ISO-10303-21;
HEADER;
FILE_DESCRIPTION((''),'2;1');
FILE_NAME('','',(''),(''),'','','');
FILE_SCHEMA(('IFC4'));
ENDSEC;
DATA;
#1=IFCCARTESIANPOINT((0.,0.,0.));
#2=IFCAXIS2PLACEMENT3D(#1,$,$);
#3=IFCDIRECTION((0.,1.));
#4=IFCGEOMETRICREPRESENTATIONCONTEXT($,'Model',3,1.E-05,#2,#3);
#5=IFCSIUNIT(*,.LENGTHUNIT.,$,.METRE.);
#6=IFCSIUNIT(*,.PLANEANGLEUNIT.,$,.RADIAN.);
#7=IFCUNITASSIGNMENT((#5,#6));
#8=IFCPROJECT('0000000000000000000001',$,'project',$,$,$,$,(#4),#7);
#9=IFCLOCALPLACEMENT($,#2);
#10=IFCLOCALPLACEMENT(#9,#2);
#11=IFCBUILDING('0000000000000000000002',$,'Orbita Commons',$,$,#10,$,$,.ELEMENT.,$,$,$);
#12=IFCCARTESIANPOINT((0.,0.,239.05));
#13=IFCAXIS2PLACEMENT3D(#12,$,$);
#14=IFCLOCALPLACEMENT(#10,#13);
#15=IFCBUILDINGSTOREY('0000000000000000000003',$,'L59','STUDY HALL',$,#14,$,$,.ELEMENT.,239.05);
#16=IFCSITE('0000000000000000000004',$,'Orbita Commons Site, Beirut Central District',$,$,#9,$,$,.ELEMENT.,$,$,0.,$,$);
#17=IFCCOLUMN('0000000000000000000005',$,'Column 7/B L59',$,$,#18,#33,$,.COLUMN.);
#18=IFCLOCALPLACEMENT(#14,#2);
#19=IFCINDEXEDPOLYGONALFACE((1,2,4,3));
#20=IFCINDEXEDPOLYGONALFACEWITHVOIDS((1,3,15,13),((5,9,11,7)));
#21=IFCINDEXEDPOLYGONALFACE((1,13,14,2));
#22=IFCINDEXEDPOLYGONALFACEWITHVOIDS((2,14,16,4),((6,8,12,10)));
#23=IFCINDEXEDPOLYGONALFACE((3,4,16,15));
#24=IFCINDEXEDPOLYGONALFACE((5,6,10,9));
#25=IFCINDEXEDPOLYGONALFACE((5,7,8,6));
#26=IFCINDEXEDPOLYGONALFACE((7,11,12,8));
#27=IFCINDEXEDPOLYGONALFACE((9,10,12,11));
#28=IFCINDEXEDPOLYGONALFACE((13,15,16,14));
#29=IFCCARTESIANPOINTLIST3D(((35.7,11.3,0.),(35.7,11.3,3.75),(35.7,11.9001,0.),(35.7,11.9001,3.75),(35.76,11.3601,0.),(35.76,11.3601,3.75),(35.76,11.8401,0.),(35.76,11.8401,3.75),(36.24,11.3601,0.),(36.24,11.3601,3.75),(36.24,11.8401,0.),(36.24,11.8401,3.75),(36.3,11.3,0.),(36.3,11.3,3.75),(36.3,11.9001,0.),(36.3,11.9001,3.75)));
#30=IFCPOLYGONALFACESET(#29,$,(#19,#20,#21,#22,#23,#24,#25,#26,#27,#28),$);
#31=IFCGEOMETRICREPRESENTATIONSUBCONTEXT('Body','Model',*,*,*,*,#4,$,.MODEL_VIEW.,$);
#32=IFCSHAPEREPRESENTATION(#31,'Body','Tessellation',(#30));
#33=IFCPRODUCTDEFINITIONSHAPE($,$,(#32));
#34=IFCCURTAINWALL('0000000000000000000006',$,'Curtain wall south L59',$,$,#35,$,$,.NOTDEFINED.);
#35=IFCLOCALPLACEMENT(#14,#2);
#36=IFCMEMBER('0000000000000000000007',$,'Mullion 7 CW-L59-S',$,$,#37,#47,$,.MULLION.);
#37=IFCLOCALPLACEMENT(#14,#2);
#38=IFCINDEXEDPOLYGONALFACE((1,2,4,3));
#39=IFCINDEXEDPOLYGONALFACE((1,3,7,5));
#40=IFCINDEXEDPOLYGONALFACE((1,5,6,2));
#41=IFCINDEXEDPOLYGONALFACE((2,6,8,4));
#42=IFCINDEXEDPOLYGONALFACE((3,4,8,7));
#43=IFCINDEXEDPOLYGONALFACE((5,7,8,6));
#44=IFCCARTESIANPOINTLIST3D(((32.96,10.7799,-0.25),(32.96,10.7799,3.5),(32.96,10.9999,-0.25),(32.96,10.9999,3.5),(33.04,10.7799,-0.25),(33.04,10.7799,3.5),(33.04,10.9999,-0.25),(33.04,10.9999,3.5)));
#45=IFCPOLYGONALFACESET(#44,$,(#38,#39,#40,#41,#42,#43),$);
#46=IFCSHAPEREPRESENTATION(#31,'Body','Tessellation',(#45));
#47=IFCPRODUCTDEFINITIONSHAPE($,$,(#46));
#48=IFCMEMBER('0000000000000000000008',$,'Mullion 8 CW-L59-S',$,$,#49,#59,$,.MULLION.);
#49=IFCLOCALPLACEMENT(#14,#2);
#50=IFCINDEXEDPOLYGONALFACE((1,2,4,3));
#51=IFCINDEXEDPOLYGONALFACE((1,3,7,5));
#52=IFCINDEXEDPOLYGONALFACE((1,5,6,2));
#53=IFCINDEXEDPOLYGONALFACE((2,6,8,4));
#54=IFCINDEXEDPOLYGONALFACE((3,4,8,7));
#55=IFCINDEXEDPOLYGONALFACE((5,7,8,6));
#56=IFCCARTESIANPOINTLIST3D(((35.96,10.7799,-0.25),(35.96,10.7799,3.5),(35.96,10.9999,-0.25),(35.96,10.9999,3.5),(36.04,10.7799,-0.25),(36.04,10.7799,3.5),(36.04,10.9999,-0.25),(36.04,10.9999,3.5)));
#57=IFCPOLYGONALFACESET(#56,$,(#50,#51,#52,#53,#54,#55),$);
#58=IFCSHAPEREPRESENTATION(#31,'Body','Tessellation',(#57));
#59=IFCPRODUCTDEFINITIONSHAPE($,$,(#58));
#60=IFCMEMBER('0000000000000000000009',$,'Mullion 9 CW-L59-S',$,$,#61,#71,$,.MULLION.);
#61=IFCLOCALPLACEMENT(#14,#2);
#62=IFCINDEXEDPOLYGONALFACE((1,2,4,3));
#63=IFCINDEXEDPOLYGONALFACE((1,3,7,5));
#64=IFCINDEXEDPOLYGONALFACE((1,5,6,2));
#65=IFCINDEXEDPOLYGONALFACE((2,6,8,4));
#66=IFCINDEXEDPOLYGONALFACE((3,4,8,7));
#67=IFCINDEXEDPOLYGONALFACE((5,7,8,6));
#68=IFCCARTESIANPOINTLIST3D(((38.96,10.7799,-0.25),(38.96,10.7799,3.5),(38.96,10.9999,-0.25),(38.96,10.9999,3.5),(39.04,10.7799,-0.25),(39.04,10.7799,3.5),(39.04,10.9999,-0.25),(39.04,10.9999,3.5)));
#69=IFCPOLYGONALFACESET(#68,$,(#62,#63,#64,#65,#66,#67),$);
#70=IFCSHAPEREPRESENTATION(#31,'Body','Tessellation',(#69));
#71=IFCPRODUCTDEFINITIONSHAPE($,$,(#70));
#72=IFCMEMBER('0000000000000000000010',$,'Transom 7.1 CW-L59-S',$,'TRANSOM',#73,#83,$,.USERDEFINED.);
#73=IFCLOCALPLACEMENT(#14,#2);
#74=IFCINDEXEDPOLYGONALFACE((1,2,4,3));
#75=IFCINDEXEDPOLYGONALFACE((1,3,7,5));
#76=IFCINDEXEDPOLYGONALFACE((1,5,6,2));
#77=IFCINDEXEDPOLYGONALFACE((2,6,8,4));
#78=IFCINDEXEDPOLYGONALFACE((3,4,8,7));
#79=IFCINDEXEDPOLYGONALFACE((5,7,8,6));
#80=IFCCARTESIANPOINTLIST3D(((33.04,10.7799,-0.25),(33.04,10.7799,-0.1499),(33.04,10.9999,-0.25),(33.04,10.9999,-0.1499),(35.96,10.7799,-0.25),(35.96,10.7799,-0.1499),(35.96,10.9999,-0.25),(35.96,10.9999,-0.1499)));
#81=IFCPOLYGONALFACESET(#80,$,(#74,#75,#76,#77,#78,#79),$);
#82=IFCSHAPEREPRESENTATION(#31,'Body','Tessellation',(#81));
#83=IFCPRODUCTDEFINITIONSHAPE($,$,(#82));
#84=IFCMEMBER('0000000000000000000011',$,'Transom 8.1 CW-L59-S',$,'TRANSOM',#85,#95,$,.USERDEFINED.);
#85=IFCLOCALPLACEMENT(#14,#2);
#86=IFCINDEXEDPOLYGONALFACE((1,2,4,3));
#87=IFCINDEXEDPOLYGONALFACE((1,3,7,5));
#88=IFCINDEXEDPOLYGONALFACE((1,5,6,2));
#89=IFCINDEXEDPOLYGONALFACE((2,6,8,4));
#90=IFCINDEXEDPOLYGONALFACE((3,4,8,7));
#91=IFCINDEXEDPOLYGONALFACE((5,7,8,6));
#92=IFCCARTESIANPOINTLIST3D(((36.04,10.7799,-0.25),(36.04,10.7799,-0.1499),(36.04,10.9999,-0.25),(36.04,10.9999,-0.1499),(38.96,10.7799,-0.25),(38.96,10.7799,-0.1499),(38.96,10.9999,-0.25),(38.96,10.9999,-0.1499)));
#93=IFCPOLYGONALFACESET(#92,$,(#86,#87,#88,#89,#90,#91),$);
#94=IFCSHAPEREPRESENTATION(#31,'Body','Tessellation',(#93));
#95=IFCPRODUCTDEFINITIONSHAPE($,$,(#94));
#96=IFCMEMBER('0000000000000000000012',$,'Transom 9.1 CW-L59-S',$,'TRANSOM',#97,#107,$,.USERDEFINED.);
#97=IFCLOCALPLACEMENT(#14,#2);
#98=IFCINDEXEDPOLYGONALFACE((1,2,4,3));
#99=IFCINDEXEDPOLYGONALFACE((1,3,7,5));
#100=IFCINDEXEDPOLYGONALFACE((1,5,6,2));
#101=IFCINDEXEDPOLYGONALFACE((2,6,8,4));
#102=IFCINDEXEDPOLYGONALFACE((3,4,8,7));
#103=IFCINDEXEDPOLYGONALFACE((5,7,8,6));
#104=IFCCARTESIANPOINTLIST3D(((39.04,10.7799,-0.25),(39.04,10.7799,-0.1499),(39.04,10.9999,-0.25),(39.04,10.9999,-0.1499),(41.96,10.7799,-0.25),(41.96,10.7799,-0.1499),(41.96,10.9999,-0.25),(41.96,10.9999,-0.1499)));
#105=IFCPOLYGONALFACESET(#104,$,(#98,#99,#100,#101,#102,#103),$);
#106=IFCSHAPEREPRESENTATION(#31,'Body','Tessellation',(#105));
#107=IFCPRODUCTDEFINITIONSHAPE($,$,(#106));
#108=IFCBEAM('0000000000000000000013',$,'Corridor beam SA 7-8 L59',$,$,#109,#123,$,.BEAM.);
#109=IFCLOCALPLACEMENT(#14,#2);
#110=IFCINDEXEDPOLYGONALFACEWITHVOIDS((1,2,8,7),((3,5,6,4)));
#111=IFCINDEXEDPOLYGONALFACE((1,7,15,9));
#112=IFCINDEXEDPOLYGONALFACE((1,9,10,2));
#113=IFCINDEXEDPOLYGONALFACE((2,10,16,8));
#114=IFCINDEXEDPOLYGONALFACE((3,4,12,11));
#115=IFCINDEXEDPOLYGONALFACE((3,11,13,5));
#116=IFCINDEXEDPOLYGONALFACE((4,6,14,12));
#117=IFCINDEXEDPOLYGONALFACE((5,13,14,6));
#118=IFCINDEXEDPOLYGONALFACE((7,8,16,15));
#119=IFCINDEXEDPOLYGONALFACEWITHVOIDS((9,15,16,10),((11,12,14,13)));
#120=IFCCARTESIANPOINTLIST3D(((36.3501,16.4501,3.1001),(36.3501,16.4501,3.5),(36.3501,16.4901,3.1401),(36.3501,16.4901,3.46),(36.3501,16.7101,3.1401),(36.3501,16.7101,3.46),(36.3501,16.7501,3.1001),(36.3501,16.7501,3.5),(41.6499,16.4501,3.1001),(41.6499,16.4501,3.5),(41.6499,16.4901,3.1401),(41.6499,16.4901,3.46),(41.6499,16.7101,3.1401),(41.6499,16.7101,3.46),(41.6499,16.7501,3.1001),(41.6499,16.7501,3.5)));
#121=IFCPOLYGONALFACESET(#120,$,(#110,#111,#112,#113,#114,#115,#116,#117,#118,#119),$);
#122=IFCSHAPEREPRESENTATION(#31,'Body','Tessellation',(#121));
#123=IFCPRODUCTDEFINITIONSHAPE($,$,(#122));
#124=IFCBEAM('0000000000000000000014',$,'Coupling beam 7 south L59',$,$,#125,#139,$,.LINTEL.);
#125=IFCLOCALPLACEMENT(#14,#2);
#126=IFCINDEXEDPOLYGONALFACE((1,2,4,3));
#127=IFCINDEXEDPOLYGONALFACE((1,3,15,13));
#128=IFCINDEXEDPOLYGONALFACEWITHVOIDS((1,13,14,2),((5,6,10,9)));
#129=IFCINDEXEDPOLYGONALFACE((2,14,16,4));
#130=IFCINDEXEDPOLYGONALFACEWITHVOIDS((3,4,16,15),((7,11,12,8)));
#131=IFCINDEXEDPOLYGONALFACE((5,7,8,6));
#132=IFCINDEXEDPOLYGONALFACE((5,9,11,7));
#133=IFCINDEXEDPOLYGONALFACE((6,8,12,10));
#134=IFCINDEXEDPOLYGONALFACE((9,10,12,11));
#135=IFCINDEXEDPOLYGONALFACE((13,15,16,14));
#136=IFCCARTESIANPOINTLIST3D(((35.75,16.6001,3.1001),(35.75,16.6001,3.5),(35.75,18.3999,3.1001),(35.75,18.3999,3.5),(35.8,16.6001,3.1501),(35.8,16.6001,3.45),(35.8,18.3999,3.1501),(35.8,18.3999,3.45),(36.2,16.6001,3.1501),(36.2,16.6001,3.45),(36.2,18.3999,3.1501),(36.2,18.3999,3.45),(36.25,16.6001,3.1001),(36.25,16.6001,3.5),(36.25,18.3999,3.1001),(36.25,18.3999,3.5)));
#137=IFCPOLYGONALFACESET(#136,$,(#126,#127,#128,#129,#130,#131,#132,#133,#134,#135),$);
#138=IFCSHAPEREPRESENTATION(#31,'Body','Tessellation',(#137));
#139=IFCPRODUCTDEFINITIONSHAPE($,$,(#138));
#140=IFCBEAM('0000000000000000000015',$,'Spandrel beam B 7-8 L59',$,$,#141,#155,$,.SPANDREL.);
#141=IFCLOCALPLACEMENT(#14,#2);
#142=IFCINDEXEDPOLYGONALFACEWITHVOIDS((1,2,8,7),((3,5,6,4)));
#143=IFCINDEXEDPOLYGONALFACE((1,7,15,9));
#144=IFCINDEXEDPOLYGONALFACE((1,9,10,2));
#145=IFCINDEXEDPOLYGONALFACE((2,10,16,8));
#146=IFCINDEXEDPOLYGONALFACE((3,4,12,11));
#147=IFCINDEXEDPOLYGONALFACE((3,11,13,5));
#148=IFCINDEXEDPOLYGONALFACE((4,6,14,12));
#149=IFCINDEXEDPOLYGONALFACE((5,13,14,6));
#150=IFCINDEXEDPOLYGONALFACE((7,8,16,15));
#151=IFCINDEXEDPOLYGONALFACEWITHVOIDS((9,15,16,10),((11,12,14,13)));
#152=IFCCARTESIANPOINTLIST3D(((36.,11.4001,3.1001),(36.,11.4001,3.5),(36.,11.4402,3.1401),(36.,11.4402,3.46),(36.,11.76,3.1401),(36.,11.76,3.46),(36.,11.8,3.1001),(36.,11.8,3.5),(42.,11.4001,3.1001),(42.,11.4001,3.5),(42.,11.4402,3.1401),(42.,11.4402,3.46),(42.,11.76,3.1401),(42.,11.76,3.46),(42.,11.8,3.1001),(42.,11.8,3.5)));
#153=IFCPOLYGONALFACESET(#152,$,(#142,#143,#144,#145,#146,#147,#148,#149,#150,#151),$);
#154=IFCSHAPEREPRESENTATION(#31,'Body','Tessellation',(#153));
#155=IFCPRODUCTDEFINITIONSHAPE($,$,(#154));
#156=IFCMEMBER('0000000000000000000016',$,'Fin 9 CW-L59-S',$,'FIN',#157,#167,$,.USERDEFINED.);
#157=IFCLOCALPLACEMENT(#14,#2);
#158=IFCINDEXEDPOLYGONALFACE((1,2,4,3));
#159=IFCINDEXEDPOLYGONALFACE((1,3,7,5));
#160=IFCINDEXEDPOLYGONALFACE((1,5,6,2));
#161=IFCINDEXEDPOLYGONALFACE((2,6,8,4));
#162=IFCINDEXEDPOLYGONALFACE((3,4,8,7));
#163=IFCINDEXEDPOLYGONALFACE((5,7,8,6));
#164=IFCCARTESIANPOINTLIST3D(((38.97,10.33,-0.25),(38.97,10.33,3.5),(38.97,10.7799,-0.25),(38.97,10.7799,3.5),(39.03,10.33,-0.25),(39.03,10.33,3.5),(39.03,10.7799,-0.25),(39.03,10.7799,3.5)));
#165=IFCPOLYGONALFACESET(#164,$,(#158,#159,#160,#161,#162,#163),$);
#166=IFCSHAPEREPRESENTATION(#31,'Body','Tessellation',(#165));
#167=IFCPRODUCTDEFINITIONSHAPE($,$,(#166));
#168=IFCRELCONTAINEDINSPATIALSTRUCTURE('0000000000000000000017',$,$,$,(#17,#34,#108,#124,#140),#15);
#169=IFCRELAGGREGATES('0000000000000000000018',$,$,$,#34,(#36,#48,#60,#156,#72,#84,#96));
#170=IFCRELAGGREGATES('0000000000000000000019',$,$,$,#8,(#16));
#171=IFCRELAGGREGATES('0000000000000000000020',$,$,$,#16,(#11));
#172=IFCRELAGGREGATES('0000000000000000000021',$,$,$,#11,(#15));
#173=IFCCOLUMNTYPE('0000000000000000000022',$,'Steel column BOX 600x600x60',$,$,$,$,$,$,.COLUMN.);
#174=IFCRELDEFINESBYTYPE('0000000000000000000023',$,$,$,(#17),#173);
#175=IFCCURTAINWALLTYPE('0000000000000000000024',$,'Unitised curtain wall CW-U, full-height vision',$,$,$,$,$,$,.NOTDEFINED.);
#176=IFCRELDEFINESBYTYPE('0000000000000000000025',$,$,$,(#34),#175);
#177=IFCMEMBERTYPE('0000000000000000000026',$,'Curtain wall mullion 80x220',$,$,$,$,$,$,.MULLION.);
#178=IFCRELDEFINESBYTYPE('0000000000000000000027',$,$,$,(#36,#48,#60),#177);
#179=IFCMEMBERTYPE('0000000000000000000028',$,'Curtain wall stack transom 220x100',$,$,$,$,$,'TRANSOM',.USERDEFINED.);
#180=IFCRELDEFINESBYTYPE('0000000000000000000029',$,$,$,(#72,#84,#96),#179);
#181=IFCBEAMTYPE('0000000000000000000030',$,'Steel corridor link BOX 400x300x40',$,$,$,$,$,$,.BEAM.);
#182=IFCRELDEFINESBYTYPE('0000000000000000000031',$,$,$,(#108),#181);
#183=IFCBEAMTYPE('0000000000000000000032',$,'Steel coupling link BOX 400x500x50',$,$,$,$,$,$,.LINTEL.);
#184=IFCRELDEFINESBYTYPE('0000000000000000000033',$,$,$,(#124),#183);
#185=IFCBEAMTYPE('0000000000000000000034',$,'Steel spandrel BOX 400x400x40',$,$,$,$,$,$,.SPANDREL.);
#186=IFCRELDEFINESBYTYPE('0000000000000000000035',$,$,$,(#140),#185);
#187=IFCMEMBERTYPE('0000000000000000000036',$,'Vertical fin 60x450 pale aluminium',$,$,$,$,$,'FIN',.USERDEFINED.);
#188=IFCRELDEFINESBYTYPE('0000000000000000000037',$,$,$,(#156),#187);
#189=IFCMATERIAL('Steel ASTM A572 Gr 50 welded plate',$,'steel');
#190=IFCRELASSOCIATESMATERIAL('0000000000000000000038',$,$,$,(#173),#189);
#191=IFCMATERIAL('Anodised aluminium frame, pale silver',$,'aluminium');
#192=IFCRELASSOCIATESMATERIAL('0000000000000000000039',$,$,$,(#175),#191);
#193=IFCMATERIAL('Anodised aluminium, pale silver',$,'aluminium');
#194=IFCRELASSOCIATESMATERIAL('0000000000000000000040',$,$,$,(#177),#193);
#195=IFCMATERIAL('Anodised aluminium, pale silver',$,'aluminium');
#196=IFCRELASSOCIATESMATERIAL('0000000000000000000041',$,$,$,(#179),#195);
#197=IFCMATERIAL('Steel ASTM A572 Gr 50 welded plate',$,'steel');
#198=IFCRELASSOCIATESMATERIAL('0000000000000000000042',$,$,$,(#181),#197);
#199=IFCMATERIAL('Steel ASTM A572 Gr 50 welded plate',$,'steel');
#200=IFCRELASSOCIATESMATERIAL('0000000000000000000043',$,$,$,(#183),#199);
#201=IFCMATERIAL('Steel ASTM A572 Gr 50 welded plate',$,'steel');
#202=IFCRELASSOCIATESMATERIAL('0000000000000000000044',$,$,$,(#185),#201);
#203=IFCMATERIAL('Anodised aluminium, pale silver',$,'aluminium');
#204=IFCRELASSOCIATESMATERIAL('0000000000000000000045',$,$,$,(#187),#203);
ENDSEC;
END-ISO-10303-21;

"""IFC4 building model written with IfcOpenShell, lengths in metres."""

from ifc_helpers import new_model, si_unit, direction, frame, origin, origin_2d, place, context, subcontext, project, spatial, rectangle, hollow_rectangle, extrude, material, material_profile, profile_set, type_object, element, aggregate, save


model = new_model("IFC4")

# Units and contexts
model_context = context("Model", 3, precision=1e-05, world=origin(), true_north=direction((0.0, 1.0)))
body_context = subcontext(model_context, "Body", "Model", "MODEL_VIEW")
ifc_project = project(units=[si_unit("LENGTHUNIT", "METRE"), si_unit("PLANEANGLEUNIT", "RADIAN")], contexts=[model_context])

# Site, building, storey
site_placement = place(None, origin())
site = spatial("IfcSite", under=ifc_project, at=site_placement, Name="Orbita Commons Site, Beirut Central District", CompositionType="ELEMENT", RefElevation=0.0)
building_placement = place(site_placement, origin())
building = spatial("IfcBuilding", under=site, at=building_placement, Name="Orbita Commons", CompositionType="ELEMENT")
storey_placement = place(building_placement, frame((0.0, 0.0, 239.05)))
storey = spatial("IfcBuildingStorey", under=building, at=storey_placement, Name="L59", Description="STUDY HALL", CompositionType="ELEMENT", Elevation=239.05)

# Column
ifc_material_1 = material(Name="Steel ASTM A572 Gr 50 welded plate", Category="steel")
ifc_material_profile_1 = material_profile(ifc_material_1, hollow_rectangle(XDim=0.6001, YDim=0.6001, WallThickness=0.0601, at=origin_2d()), Name="BOX 600x600x60")
ifc_profile_set_1 = profile_set([ifc_material_profile_1], Name="Steel ASTM A572 Gr 50 welded plate")
column_type = type_object("IfcColumnType", Name="Steel column BOX 600x600x60", PredefinedType="COLUMN", material=ifc_profile_set_1)
column_placement = place(storey_placement, frame((36.0, 11.6001, 0.0), z_axis=(0.0, 0.0, 1.0), x_axis=(1.0, 0.0, 0.0)))
element("IfcColumn", 1, at=column_placement, inside=storey, type_object=column_type, Name="Column 7/B L59", PredefinedType="COLUMN", context=body_context, shape_type="SweptSolid", body=[
    extrude(hollow_rectangle(XDim=0.6001, YDim=0.6001, WallThickness=0.0601, at=origin_2d()), origin(), (0.0, 0.0, 1.0), 3.75),
])

# Curtain wall, members
ifc_material_2 = material(Name="Anodised aluminium frame, pale silver", Category="aluminium")
curtain_wall_type = type_object("IfcCurtainWallType", Name="Unitised curtain wall CW-U, full-height vision", PredefinedType="NOTDEFINED", material=ifc_material_2)
curtain_wall_placement = place(storey_placement, origin())
curtain_wall = element("IfcCurtainWall", 2, at=curtain_wall_placement, inside=storey, type_object=curtain_wall_type, Name="Curtain wall south L59", PredefinedType="NOTDEFINED")
ifc_material_3 = material(Name="Anodised aluminium, pale silver", Category="aluminium")
ifc_material_profile_2 = material_profile(ifc_material_3, rectangle(XDim=0.0801, YDim=0.22, at=origin_2d()), Name="AL 80x220")
ifc_profile_set_2 = profile_set([ifc_material_profile_2], Name="Anodised aluminium, pale silver")
member_type_1 = type_object("IfcMemberType", Name="Curtain wall mullion 80x220", PredefinedType="MULLION", material=ifc_profile_set_2)
member_1_placement = place(storey_placement, frame((33.0, 10.8899, -0.25), z_axis=(0.0, 0.0, 1.0), x_axis=(1.0, 0.0, 0.0)))
member_1 = element("IfcMember", 3, at=member_1_placement, type_object=member_type_1, Name="Mullion 7 CW-L59-S", PredefinedType="MULLION", context=body_context, shape_type="SweptSolid", body=[
    extrude(rectangle(XDim=0.0801, YDim=0.22, at=origin_2d()), origin(), (0.0, 0.0, 1.0), 3.75),
])
member_2_placement = place(storey_placement, frame((36.0, 10.8899, -0.25), z_axis=(0.0, 0.0, 1.0), x_axis=(1.0, 0.0, 0.0)))
member_2 = element("IfcMember", 4, at=member_2_placement, type_object=member_type_1, Name="Mullion 8 CW-L59-S", PredefinedType="MULLION", context=body_context, shape_type="SweptSolid", body=[
    extrude(rectangle(XDim=0.0801, YDim=0.22, at=origin_2d()), origin(), (0.0, 0.0, 1.0), 3.75),
])
member_3_placement = place(storey_placement, frame((39.0, 10.8899, -0.25), z_axis=(0.0, 0.0, 1.0), x_axis=(1.0, 0.0, 0.0)))
member_3 = element("IfcMember", 5, at=member_3_placement, type_object=member_type_1, Name="Mullion 9 CW-L59-S", PredefinedType="MULLION", context=body_context, shape_type="SweptSolid", body=[
    extrude(rectangle(XDim=0.0801, YDim=0.22, at=origin_2d()), origin(), (0.0, 0.0, 1.0), 3.75),
])
ifc_material_4 = material(Name="Anodised aluminium, pale silver", Category="aluminium")
ifc_material_profile_3 = material_profile(ifc_material_4, rectangle(XDim=0.22, YDim=0.1001, at=origin_2d()), Name="AL 220x100")
ifc_profile_set_3 = profile_set([ifc_material_profile_3], Name="Anodised aluminium, pale silver")
member_type_2 = type_object("IfcMemberType", Name="Curtain wall stack transom 220x100", ElementType="TRANSOM", PredefinedType="USERDEFINED", material=ifc_profile_set_3)
member_4_placement = place(storey_placement, frame((33.04, 10.8899, -0.2), z_axis=(1.0, 0.0, 0.0), x_axis=(0.0, 1.0, 0.0)))
member_4 = element("IfcMember", 6, at=member_4_placement, type_object=member_type_2, Name="Transom 7.1 CW-L59-S", ObjectType="TRANSOM", PredefinedType="USERDEFINED", context=body_context, shape_type="SweptSolid", body=[
    extrude(rectangle(XDim=0.22, YDim=0.1001, at=origin_2d()), origin(), (0.0, 0.0, 1.0), 2.9199),
])
member_5_placement = place(storey_placement, frame((36.04, 10.8899, -0.2), z_axis=(1.0, 0.0, 0.0), x_axis=(0.0, 1.0, 0.0)))
member_5 = element("IfcMember", 7, at=member_5_placement, type_object=member_type_2, Name="Transom 8.1 CW-L59-S", ObjectType="TRANSOM", PredefinedType="USERDEFINED", context=body_context, shape_type="SweptSolid", body=[
    extrude(rectangle(XDim=0.22, YDim=0.1001, at=origin_2d()), origin(), (0.0, 0.0, 1.0), 2.9199),
])
member_6_placement = place(storey_placement, frame((39.04, 10.8899, -0.2), z_axis=(1.0, 0.0, 0.0), x_axis=(0.0, 1.0, 0.0)))
member_6 = element("IfcMember", 8, at=member_6_placement, type_object=member_type_2, Name="Transom 9.1 CW-L59-S", ObjectType="TRANSOM", PredefinedType="USERDEFINED", context=body_context, shape_type="SweptSolid", body=[
    extrude(rectangle(XDim=0.22, YDim=0.1001, at=origin_2d()), origin(), (0.0, 0.0, 1.0), 2.9199),
])

# Beams
ifc_material_5 = material(Name="Steel ASTM A572 Gr 50 welded plate", Category="steel")
ifc_material_profile_4 = material_profile(ifc_material_5, hollow_rectangle(XDim=0.3, YDim=0.3999, WallThickness=0.04, at=origin_2d()), Name="BOX 400x300x40")
ifc_profile_set_4 = profile_set([ifc_material_profile_4], Name="Steel ASTM A572 Gr 50 welded plate")
beam_type_1 = type_object("IfcBeamType", Name="Steel corridor link BOX 400x300x40", PredefinedType="BEAM", material=ifc_profile_set_4)
beam_1_placement = place(storey_placement, frame((36.3501, 16.6001, 3.3), z_axis=(1.0, 0.0, 0.0), x_axis=(0.0, 1.0, 0.0)))
element("IfcBeam", 9, at=beam_1_placement, inside=storey, type_object=beam_type_1, Name="Corridor beam SA 7-8 L59", PredefinedType="BEAM", context=body_context, shape_type="SweptSolid", body=[
    extrude(hollow_rectangle(XDim=0.3, YDim=0.3999, WallThickness=0.04, at=origin_2d()), origin(), (0.0, 0.0, 1.0), 5.2998),
])
ifc_material_6 = material(Name="Steel ASTM A572 Gr 50 welded plate", Category="steel")
ifc_material_profile_5 = material_profile(ifc_material_6, hollow_rectangle(XDim=0.5, YDim=0.3999, WallThickness=0.05, at=origin_2d()), Name="BOX 400x500x50")
ifc_profile_set_5 = profile_set([ifc_material_profile_5], Name="Steel ASTM A572 Gr 50 welded plate")
beam_type_2 = type_object("IfcBeamType", Name="Steel coupling link BOX 400x500x50", PredefinedType="LINTEL", material=ifc_profile_set_5)
beam_2_placement = place(storey_placement, frame((36.0, 16.6001, 3.3), z_axis=(0.0, 1.0, 0.0), x_axis=(-1.0, 0.0, 0.0)))
element("IfcBeam", 10, at=beam_2_placement, inside=storey, type_object=beam_type_2, Name="Coupling beam 7 south L59", PredefinedType="LINTEL", context=body_context, shape_type="SweptSolid", body=[
    extrude(hollow_rectangle(XDim=0.5, YDim=0.3999, WallThickness=0.05, at=origin_2d()), origin(), (0.0, 0.0, 1.0), 1.7998),
])
ifc_material_7 = material(Name="Steel ASTM A572 Gr 50 welded plate", Category="steel")
ifc_material_profile_6 = material_profile(ifc_material_7, hollow_rectangle(XDim=0.3999, YDim=0.3999, WallThickness=0.04, at=origin_2d()), Name="BOX 400x400x40")
ifc_profile_set_6 = profile_set([ifc_material_profile_6], Name="Steel ASTM A572 Gr 50 welded plate")
beam_type_3 = type_object("IfcBeamType", Name="Steel spandrel BOX 400x400x40", PredefinedType="SPANDREL", material=ifc_profile_set_6)
beam_3_placement = place(storey_placement, frame((36.0, 11.6001, 3.3), z_axis=(1.0, 0.0, 0.0), x_axis=(0.0, 1.0, 0.0)))
element("IfcBeam", 11, at=beam_3_placement, inside=storey, type_object=beam_type_3, Name="Spandrel beam B 7-8 L59", PredefinedType="SPANDREL", context=body_context, shape_type="SweptSolid", body=[
    extrude(hollow_rectangle(XDim=0.3999, YDim=0.3999, WallThickness=0.04, at=origin_2d()), origin(), (0.0, 0.0, 1.0), 6.0),
])

# Member
ifc_material_8 = material(Name="Anodised aluminium, pale silver", Category="aluminium")
ifc_material_profile_7 = material_profile(ifc_material_8, rectangle(XDim=0.0601, YDim=0.45, at=origin_2d()), Name="FIN 60x450")
ifc_profile_set_7 = profile_set([ifc_material_profile_7], Name="Anodised aluminium, pale silver")
member_type_3 = type_object("IfcMemberType", Name="Vertical fin 60x450 pale aluminium", ElementType="FIN", PredefinedType="USERDEFINED", material=ifc_profile_set_7)
member_7_placement = place(storey_placement, frame((39.0, 10.5549, -0.25), z_axis=(0.0, 0.0, 1.0), x_axis=(1.0, 0.0, 0.0)))
member_7 = element("IfcMember", 12, at=member_7_placement, type_object=member_type_3, Name="Fin 9 CW-L59-S", ObjectType="FIN", PredefinedType="USERDEFINED", context=body_context, shape_type="SweptSolid", body=[
    extrude(rectangle(XDim=0.0601, YDim=0.45, at=origin_2d()), origin(), (0.0, 0.0, 1.0), 3.75),
])

aggregate(curtain_wall, [member_1, member_2, member_3, member_7, member_4, member_5, member_6])

save(model, "model.ifc")
